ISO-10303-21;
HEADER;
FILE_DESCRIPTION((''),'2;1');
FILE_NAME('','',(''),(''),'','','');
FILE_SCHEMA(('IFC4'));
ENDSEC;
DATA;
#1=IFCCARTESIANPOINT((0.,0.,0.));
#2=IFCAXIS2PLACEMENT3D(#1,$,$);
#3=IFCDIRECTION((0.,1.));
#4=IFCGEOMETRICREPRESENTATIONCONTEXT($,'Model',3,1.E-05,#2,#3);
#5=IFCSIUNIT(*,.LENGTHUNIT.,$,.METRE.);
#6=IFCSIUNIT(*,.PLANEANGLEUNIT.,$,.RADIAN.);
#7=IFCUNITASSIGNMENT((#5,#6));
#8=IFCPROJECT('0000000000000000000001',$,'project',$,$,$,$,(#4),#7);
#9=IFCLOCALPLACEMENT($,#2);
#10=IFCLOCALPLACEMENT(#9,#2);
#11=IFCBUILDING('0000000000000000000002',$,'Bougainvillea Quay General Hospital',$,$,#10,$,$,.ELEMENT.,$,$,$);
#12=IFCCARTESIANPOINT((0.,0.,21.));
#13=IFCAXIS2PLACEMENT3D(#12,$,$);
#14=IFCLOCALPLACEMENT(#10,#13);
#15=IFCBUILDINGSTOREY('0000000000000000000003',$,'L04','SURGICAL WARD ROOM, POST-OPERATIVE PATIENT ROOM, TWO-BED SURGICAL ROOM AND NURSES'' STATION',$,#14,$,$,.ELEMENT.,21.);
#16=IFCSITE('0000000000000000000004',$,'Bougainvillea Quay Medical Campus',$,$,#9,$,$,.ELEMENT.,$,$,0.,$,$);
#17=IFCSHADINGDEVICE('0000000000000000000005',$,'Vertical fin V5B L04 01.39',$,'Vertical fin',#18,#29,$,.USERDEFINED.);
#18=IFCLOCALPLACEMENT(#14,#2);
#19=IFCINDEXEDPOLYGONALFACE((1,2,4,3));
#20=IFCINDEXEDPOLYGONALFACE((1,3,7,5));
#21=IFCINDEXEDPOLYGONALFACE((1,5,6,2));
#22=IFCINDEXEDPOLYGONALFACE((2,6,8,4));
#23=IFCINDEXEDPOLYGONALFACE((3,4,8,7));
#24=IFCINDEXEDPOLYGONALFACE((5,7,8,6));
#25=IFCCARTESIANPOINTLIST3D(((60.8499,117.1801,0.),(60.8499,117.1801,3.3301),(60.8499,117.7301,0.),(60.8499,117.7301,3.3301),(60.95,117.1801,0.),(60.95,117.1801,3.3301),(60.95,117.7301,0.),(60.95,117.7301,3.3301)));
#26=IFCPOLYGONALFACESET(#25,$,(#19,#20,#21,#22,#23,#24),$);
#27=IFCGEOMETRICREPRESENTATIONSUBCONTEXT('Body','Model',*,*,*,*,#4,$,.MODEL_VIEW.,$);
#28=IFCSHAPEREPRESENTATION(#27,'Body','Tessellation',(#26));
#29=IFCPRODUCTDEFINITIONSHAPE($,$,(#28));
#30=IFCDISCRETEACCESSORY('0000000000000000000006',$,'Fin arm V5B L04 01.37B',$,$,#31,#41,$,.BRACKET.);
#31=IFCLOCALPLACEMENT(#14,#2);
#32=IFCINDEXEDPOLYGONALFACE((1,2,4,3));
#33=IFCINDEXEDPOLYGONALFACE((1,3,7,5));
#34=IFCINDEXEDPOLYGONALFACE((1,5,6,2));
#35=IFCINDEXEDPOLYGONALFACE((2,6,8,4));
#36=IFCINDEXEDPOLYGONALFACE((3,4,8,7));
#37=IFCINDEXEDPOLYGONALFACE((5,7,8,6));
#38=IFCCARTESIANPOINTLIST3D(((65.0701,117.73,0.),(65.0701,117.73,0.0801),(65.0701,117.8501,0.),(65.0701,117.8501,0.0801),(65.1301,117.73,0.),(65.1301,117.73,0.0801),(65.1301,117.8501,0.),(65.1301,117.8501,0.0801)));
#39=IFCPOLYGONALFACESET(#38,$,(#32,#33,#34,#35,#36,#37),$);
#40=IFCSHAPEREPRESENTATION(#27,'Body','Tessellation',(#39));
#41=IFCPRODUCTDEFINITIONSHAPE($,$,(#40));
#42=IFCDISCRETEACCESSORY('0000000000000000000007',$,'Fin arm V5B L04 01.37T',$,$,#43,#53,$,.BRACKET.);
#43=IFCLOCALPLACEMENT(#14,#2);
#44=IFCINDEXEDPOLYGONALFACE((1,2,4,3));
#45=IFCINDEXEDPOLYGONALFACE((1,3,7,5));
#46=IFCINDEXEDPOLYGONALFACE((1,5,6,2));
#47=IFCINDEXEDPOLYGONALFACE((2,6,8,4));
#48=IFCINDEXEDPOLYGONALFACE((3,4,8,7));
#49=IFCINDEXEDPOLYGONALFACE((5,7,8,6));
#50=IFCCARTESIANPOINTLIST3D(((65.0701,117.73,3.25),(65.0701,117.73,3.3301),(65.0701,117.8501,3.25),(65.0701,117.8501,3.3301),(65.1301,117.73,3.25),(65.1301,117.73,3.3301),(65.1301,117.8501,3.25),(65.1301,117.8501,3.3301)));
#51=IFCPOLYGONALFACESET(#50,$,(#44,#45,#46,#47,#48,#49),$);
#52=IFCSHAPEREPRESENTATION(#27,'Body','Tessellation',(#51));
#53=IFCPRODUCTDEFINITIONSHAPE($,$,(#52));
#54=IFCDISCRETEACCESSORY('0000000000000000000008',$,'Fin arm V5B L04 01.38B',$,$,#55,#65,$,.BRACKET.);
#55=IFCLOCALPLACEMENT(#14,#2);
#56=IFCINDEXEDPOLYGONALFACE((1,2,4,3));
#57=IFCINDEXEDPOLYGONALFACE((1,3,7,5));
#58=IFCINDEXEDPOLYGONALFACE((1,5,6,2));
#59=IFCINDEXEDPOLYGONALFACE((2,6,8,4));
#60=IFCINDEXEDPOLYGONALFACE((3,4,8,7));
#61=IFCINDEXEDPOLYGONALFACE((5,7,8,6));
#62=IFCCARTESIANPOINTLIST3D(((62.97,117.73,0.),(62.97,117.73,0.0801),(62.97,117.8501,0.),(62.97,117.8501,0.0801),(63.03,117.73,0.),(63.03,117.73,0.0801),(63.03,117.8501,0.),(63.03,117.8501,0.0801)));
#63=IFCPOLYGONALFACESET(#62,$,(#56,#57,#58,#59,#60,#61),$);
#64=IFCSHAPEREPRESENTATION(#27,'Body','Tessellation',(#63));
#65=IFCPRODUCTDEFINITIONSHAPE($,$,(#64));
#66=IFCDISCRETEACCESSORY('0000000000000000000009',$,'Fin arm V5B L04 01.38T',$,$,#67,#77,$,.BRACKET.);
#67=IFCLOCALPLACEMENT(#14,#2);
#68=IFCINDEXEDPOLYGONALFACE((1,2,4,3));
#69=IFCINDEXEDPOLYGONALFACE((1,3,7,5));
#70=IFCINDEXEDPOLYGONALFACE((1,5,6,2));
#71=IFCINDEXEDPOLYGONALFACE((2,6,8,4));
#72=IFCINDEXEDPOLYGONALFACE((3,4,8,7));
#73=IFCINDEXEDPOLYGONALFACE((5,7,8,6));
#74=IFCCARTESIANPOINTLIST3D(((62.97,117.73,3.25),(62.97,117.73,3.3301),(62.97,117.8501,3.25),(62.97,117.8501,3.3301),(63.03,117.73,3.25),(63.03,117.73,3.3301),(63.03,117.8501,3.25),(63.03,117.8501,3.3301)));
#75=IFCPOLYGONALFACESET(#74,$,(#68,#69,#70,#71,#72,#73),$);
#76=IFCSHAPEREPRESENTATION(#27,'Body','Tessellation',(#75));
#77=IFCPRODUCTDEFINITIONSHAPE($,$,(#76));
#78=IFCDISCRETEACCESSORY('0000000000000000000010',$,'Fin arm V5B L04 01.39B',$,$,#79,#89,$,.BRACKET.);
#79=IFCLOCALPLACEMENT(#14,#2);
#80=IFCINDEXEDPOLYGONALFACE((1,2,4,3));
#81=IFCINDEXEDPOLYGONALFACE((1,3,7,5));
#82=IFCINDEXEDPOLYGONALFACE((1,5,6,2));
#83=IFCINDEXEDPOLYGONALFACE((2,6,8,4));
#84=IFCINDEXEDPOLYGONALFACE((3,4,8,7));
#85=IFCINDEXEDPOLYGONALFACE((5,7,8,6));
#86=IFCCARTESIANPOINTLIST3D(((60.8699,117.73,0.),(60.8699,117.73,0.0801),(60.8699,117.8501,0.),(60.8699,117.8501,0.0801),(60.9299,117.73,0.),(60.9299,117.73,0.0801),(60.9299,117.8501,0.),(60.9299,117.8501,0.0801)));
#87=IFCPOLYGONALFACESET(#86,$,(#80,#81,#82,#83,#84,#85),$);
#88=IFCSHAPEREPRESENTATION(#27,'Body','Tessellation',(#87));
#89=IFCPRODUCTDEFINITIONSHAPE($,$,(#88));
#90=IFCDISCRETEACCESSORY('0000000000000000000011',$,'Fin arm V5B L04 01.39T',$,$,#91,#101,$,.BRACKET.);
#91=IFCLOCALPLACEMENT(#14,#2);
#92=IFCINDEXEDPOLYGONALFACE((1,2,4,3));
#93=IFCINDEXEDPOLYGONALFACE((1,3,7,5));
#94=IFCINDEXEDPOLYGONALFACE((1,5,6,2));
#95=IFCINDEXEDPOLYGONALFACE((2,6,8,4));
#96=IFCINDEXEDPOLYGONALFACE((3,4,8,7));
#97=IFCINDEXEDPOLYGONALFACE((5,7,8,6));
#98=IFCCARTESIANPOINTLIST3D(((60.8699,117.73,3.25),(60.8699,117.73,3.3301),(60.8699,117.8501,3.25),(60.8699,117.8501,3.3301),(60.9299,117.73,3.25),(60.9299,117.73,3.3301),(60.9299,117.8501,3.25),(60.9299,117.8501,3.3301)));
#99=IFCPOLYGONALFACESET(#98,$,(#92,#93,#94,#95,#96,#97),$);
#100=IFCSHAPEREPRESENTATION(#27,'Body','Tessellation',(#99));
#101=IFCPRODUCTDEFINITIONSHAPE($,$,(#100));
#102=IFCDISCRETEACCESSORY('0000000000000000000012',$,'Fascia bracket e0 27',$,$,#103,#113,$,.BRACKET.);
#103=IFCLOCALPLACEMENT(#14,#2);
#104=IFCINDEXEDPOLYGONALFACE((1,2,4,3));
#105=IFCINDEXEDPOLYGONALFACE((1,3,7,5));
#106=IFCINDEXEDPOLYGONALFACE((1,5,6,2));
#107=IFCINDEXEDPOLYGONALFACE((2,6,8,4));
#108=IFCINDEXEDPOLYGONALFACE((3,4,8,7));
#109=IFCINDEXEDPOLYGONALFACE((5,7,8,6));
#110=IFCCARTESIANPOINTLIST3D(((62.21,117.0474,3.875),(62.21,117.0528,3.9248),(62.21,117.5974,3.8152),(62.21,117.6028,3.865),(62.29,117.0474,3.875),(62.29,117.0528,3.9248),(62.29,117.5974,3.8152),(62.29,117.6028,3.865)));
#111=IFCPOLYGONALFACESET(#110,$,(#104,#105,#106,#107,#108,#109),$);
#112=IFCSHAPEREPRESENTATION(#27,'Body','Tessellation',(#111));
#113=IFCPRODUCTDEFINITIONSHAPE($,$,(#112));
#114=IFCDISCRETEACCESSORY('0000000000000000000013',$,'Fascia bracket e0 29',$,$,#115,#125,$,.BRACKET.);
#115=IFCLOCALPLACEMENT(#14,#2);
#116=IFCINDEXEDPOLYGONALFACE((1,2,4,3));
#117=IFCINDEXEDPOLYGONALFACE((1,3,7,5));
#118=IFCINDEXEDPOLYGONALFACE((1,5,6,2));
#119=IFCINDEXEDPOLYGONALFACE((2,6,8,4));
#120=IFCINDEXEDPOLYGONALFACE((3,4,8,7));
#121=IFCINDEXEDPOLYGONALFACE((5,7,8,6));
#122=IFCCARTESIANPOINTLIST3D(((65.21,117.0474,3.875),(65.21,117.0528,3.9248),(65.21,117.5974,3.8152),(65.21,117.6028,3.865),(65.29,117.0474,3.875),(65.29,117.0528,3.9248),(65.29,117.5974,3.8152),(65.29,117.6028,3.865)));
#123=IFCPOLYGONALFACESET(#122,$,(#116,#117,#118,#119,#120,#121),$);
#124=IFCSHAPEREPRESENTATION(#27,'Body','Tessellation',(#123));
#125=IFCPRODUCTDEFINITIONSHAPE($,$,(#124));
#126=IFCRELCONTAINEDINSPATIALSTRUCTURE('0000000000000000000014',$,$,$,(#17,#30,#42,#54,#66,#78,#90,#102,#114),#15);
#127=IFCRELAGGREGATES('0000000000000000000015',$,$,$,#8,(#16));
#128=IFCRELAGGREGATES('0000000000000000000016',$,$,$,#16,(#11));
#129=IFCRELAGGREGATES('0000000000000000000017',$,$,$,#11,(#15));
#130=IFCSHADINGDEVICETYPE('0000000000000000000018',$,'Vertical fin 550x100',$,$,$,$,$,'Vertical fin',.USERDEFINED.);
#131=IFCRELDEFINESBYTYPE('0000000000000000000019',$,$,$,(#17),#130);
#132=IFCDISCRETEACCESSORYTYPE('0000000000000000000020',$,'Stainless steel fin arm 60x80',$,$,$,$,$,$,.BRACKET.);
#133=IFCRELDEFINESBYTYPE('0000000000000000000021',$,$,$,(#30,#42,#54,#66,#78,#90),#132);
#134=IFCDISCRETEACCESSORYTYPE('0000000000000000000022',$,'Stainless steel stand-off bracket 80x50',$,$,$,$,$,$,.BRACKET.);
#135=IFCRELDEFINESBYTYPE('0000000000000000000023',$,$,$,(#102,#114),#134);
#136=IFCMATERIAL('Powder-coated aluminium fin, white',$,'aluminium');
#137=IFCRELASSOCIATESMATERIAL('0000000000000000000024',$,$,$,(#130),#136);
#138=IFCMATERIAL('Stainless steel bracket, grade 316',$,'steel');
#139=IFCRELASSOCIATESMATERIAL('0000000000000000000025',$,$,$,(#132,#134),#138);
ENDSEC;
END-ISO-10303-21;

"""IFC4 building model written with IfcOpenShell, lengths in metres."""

from ifc_helpers import new_model, si_unit, direction, frame, origin, origin_2d, place, context, subcontext, project, spatial, rectangle, extrude, material, material_profile, profile_set, type_object, element, save


model = new_model("IFC4")

# Units and contexts
model_context = context("Model", 3, precision=1e-05, world=origin(), true_north=direction((0.0, 1.0)))
body_context = subcontext(model_context, "Body", "Model", "MODEL_VIEW")
ifc_project = project(units=[si_unit("LENGTHUNIT", "METRE"), si_unit("PLANEANGLEUNIT", "RADIAN")], contexts=[model_context])

# Site, building, storey
site_placement = place(None, origin())
site = spatial("IfcSite", under=ifc_project, at=site_placement, Name="Bougainvillea Quay Medical Campus", CompositionType="ELEMENT", RefElevation=0.0)
building_placement = place(site_placement, origin())
building = spatial("IfcBuilding", under=site, at=building_placement, Name="Bougainvillea Quay General Hospital", CompositionType="ELEMENT")
storey_placement = place(building_placement, frame((0.0, 0.0, 21.0)))
storey = spatial("IfcBuildingStorey", under=building, at=storey_placement, Name="L04", Description="SURGICAL WARD ROOM, POST-OPERATIVE PATIENT ROOM, TWO-BED SURGICAL ROOM AND NURSES' STATION", CompositionType="ELEMENT", Elevation=21.0)

# Shading device
ifc_material_1 = material(Name="Powder-coated aluminium fin, white", Category="aluminium")
ifc_material_profile_1 = material_profile(ifc_material_1, rectangle(XDim=0.55, YDim=0.1001, at=origin_2d()))
ifc_profile_set_1 = profile_set([ifc_material_profile_1], Name="Powder-coated aluminium fin, white")
shading_device_type = type_object("IfcShadingDeviceType", Name="Vertical fin 550x100", ElementType="Vertical fin", PredefinedType="USERDEFINED", material=ifc_profile_set_1)
for number, where, z_axis, x_axis, name in (
    (1, (60.8999, 117.4551, 0.0), (0.0, 0.0, 1.0), (0.0, -1.0, 0.0), "Vertical fin V5B L04 01.39"),
):
    element("IfcShadingDevice", number, at=place(storey_placement, frame(where, z_axis=z_axis, x_axis=x_axis)), inside=storey, type_object=shading_device_type, Name=name, ObjectType="Vertical fin", PredefinedType="USERDEFINED", context=body_context, shape_type="SweptSolid", body=[
        extrude(rectangle(XDim=0.55, YDim=0.1001, at=origin_2d()), origin(), (0.0, 0.0, 1.0), 3.3301),
    ])

# Discrete accessories
ifc_material_2 = material(Name="Stainless steel bracket, grade 316", Category="steel")
discrete_accessory_type_1 = type_object("IfcDiscreteAccessoryType", Name="Stainless steel fin arm 60x80", PredefinedType="BRACKET", material=ifc_material_2)
for number, where, z_axis, x_axis, name in (
    (2, (65.1001, 117.79, 0.0), (0.0, 0.0, 1.0), (0.0, -1.0, 0.0), "Fin arm V5B L04 01.37B"),
    (3, (65.1001, 117.79, 3.25), (0.0, 0.0, 1.0), (0.0, -1.0, 0.0), "Fin arm V5B L04 01.37T"),
    (4, (63.0, 117.79, 0.0), (0.0, 0.0, 1.0), (0.0, -1.0, 0.0), "Fin arm V5B L04 01.38B"),
    (5, (63.0, 117.79, 3.25), (0.0, 0.0, 1.0), (0.0, -1.0, 0.0), "Fin arm V5B L04 01.38T"),
    (6, (60.8999, 117.79, 0.0), (0.0, 0.0, 1.0), (0.0, -1.0, 0.0), "Fin arm V5B L04 01.39B"),
    (7, (60.8999, 117.79, 3.25), (0.0, 0.0, 1.0), (0.0, -1.0, 0.0), "Fin arm V5B L04 01.39T"),
):
    element("IfcDiscreteAccessory", number, at=place(storey_placement, frame(where, z_axis=z_axis, x_axis=x_axis)), inside=storey, type_object=discrete_accessory_type_1, Name=name, PredefinedType="BRACKET", context=body_context, shape_type="SweptSolid", body=[
        extrude(rectangle(XDim=0.1201, YDim=0.0601, at=origin_2d()), origin(), (0.0, 0.0, 1.0), 0.0801),
    ])
ifc_material_profile_2 = material_profile(ifc_material_2, rectangle(XDim=0.0801, YDim=0.05, at=origin_2d()))
ifc_profile_set_2 = profile_set([ifc_material_profile_2], Name="Stainless steel bracket, grade 316")
discrete_accessory_type_2 = type_object("IfcDiscreteAccessoryType", Name="Stainless steel stand-off bracket 80x50", PredefinedType="BRACKET", material=ifc_profile_set_2)
for number, where, z_axis, x_axis, name in (
    (8, (62.25, 117.6001, 3.8401), (0.0, -0.994139, 0.108107), (1.0, 0.0, 0.0), "Fascia bracket e0 27"),
    (9, (65.25, 117.6001, 3.8401), (0.0, -0.994139, 0.108107), (1.0, 0.0, 0.0), "Fascia bracket e0 29"),
):
    element("IfcDiscreteAccessory", number, at=place(storey_placement, frame(where, z_axis=z_axis, x_axis=x_axis)), inside=storey, type_object=discrete_accessory_type_2, Name=name, PredefinedType="BRACKET", context=body_context, shape_type="SweptSolid", body=[
        extrude(rectangle(XDim=0.0801, YDim=0.05, at=origin_2d()), origin(), (0.0, 0.0, 1.0), 0.5532),
    ])

save(model, "model.ifc")
